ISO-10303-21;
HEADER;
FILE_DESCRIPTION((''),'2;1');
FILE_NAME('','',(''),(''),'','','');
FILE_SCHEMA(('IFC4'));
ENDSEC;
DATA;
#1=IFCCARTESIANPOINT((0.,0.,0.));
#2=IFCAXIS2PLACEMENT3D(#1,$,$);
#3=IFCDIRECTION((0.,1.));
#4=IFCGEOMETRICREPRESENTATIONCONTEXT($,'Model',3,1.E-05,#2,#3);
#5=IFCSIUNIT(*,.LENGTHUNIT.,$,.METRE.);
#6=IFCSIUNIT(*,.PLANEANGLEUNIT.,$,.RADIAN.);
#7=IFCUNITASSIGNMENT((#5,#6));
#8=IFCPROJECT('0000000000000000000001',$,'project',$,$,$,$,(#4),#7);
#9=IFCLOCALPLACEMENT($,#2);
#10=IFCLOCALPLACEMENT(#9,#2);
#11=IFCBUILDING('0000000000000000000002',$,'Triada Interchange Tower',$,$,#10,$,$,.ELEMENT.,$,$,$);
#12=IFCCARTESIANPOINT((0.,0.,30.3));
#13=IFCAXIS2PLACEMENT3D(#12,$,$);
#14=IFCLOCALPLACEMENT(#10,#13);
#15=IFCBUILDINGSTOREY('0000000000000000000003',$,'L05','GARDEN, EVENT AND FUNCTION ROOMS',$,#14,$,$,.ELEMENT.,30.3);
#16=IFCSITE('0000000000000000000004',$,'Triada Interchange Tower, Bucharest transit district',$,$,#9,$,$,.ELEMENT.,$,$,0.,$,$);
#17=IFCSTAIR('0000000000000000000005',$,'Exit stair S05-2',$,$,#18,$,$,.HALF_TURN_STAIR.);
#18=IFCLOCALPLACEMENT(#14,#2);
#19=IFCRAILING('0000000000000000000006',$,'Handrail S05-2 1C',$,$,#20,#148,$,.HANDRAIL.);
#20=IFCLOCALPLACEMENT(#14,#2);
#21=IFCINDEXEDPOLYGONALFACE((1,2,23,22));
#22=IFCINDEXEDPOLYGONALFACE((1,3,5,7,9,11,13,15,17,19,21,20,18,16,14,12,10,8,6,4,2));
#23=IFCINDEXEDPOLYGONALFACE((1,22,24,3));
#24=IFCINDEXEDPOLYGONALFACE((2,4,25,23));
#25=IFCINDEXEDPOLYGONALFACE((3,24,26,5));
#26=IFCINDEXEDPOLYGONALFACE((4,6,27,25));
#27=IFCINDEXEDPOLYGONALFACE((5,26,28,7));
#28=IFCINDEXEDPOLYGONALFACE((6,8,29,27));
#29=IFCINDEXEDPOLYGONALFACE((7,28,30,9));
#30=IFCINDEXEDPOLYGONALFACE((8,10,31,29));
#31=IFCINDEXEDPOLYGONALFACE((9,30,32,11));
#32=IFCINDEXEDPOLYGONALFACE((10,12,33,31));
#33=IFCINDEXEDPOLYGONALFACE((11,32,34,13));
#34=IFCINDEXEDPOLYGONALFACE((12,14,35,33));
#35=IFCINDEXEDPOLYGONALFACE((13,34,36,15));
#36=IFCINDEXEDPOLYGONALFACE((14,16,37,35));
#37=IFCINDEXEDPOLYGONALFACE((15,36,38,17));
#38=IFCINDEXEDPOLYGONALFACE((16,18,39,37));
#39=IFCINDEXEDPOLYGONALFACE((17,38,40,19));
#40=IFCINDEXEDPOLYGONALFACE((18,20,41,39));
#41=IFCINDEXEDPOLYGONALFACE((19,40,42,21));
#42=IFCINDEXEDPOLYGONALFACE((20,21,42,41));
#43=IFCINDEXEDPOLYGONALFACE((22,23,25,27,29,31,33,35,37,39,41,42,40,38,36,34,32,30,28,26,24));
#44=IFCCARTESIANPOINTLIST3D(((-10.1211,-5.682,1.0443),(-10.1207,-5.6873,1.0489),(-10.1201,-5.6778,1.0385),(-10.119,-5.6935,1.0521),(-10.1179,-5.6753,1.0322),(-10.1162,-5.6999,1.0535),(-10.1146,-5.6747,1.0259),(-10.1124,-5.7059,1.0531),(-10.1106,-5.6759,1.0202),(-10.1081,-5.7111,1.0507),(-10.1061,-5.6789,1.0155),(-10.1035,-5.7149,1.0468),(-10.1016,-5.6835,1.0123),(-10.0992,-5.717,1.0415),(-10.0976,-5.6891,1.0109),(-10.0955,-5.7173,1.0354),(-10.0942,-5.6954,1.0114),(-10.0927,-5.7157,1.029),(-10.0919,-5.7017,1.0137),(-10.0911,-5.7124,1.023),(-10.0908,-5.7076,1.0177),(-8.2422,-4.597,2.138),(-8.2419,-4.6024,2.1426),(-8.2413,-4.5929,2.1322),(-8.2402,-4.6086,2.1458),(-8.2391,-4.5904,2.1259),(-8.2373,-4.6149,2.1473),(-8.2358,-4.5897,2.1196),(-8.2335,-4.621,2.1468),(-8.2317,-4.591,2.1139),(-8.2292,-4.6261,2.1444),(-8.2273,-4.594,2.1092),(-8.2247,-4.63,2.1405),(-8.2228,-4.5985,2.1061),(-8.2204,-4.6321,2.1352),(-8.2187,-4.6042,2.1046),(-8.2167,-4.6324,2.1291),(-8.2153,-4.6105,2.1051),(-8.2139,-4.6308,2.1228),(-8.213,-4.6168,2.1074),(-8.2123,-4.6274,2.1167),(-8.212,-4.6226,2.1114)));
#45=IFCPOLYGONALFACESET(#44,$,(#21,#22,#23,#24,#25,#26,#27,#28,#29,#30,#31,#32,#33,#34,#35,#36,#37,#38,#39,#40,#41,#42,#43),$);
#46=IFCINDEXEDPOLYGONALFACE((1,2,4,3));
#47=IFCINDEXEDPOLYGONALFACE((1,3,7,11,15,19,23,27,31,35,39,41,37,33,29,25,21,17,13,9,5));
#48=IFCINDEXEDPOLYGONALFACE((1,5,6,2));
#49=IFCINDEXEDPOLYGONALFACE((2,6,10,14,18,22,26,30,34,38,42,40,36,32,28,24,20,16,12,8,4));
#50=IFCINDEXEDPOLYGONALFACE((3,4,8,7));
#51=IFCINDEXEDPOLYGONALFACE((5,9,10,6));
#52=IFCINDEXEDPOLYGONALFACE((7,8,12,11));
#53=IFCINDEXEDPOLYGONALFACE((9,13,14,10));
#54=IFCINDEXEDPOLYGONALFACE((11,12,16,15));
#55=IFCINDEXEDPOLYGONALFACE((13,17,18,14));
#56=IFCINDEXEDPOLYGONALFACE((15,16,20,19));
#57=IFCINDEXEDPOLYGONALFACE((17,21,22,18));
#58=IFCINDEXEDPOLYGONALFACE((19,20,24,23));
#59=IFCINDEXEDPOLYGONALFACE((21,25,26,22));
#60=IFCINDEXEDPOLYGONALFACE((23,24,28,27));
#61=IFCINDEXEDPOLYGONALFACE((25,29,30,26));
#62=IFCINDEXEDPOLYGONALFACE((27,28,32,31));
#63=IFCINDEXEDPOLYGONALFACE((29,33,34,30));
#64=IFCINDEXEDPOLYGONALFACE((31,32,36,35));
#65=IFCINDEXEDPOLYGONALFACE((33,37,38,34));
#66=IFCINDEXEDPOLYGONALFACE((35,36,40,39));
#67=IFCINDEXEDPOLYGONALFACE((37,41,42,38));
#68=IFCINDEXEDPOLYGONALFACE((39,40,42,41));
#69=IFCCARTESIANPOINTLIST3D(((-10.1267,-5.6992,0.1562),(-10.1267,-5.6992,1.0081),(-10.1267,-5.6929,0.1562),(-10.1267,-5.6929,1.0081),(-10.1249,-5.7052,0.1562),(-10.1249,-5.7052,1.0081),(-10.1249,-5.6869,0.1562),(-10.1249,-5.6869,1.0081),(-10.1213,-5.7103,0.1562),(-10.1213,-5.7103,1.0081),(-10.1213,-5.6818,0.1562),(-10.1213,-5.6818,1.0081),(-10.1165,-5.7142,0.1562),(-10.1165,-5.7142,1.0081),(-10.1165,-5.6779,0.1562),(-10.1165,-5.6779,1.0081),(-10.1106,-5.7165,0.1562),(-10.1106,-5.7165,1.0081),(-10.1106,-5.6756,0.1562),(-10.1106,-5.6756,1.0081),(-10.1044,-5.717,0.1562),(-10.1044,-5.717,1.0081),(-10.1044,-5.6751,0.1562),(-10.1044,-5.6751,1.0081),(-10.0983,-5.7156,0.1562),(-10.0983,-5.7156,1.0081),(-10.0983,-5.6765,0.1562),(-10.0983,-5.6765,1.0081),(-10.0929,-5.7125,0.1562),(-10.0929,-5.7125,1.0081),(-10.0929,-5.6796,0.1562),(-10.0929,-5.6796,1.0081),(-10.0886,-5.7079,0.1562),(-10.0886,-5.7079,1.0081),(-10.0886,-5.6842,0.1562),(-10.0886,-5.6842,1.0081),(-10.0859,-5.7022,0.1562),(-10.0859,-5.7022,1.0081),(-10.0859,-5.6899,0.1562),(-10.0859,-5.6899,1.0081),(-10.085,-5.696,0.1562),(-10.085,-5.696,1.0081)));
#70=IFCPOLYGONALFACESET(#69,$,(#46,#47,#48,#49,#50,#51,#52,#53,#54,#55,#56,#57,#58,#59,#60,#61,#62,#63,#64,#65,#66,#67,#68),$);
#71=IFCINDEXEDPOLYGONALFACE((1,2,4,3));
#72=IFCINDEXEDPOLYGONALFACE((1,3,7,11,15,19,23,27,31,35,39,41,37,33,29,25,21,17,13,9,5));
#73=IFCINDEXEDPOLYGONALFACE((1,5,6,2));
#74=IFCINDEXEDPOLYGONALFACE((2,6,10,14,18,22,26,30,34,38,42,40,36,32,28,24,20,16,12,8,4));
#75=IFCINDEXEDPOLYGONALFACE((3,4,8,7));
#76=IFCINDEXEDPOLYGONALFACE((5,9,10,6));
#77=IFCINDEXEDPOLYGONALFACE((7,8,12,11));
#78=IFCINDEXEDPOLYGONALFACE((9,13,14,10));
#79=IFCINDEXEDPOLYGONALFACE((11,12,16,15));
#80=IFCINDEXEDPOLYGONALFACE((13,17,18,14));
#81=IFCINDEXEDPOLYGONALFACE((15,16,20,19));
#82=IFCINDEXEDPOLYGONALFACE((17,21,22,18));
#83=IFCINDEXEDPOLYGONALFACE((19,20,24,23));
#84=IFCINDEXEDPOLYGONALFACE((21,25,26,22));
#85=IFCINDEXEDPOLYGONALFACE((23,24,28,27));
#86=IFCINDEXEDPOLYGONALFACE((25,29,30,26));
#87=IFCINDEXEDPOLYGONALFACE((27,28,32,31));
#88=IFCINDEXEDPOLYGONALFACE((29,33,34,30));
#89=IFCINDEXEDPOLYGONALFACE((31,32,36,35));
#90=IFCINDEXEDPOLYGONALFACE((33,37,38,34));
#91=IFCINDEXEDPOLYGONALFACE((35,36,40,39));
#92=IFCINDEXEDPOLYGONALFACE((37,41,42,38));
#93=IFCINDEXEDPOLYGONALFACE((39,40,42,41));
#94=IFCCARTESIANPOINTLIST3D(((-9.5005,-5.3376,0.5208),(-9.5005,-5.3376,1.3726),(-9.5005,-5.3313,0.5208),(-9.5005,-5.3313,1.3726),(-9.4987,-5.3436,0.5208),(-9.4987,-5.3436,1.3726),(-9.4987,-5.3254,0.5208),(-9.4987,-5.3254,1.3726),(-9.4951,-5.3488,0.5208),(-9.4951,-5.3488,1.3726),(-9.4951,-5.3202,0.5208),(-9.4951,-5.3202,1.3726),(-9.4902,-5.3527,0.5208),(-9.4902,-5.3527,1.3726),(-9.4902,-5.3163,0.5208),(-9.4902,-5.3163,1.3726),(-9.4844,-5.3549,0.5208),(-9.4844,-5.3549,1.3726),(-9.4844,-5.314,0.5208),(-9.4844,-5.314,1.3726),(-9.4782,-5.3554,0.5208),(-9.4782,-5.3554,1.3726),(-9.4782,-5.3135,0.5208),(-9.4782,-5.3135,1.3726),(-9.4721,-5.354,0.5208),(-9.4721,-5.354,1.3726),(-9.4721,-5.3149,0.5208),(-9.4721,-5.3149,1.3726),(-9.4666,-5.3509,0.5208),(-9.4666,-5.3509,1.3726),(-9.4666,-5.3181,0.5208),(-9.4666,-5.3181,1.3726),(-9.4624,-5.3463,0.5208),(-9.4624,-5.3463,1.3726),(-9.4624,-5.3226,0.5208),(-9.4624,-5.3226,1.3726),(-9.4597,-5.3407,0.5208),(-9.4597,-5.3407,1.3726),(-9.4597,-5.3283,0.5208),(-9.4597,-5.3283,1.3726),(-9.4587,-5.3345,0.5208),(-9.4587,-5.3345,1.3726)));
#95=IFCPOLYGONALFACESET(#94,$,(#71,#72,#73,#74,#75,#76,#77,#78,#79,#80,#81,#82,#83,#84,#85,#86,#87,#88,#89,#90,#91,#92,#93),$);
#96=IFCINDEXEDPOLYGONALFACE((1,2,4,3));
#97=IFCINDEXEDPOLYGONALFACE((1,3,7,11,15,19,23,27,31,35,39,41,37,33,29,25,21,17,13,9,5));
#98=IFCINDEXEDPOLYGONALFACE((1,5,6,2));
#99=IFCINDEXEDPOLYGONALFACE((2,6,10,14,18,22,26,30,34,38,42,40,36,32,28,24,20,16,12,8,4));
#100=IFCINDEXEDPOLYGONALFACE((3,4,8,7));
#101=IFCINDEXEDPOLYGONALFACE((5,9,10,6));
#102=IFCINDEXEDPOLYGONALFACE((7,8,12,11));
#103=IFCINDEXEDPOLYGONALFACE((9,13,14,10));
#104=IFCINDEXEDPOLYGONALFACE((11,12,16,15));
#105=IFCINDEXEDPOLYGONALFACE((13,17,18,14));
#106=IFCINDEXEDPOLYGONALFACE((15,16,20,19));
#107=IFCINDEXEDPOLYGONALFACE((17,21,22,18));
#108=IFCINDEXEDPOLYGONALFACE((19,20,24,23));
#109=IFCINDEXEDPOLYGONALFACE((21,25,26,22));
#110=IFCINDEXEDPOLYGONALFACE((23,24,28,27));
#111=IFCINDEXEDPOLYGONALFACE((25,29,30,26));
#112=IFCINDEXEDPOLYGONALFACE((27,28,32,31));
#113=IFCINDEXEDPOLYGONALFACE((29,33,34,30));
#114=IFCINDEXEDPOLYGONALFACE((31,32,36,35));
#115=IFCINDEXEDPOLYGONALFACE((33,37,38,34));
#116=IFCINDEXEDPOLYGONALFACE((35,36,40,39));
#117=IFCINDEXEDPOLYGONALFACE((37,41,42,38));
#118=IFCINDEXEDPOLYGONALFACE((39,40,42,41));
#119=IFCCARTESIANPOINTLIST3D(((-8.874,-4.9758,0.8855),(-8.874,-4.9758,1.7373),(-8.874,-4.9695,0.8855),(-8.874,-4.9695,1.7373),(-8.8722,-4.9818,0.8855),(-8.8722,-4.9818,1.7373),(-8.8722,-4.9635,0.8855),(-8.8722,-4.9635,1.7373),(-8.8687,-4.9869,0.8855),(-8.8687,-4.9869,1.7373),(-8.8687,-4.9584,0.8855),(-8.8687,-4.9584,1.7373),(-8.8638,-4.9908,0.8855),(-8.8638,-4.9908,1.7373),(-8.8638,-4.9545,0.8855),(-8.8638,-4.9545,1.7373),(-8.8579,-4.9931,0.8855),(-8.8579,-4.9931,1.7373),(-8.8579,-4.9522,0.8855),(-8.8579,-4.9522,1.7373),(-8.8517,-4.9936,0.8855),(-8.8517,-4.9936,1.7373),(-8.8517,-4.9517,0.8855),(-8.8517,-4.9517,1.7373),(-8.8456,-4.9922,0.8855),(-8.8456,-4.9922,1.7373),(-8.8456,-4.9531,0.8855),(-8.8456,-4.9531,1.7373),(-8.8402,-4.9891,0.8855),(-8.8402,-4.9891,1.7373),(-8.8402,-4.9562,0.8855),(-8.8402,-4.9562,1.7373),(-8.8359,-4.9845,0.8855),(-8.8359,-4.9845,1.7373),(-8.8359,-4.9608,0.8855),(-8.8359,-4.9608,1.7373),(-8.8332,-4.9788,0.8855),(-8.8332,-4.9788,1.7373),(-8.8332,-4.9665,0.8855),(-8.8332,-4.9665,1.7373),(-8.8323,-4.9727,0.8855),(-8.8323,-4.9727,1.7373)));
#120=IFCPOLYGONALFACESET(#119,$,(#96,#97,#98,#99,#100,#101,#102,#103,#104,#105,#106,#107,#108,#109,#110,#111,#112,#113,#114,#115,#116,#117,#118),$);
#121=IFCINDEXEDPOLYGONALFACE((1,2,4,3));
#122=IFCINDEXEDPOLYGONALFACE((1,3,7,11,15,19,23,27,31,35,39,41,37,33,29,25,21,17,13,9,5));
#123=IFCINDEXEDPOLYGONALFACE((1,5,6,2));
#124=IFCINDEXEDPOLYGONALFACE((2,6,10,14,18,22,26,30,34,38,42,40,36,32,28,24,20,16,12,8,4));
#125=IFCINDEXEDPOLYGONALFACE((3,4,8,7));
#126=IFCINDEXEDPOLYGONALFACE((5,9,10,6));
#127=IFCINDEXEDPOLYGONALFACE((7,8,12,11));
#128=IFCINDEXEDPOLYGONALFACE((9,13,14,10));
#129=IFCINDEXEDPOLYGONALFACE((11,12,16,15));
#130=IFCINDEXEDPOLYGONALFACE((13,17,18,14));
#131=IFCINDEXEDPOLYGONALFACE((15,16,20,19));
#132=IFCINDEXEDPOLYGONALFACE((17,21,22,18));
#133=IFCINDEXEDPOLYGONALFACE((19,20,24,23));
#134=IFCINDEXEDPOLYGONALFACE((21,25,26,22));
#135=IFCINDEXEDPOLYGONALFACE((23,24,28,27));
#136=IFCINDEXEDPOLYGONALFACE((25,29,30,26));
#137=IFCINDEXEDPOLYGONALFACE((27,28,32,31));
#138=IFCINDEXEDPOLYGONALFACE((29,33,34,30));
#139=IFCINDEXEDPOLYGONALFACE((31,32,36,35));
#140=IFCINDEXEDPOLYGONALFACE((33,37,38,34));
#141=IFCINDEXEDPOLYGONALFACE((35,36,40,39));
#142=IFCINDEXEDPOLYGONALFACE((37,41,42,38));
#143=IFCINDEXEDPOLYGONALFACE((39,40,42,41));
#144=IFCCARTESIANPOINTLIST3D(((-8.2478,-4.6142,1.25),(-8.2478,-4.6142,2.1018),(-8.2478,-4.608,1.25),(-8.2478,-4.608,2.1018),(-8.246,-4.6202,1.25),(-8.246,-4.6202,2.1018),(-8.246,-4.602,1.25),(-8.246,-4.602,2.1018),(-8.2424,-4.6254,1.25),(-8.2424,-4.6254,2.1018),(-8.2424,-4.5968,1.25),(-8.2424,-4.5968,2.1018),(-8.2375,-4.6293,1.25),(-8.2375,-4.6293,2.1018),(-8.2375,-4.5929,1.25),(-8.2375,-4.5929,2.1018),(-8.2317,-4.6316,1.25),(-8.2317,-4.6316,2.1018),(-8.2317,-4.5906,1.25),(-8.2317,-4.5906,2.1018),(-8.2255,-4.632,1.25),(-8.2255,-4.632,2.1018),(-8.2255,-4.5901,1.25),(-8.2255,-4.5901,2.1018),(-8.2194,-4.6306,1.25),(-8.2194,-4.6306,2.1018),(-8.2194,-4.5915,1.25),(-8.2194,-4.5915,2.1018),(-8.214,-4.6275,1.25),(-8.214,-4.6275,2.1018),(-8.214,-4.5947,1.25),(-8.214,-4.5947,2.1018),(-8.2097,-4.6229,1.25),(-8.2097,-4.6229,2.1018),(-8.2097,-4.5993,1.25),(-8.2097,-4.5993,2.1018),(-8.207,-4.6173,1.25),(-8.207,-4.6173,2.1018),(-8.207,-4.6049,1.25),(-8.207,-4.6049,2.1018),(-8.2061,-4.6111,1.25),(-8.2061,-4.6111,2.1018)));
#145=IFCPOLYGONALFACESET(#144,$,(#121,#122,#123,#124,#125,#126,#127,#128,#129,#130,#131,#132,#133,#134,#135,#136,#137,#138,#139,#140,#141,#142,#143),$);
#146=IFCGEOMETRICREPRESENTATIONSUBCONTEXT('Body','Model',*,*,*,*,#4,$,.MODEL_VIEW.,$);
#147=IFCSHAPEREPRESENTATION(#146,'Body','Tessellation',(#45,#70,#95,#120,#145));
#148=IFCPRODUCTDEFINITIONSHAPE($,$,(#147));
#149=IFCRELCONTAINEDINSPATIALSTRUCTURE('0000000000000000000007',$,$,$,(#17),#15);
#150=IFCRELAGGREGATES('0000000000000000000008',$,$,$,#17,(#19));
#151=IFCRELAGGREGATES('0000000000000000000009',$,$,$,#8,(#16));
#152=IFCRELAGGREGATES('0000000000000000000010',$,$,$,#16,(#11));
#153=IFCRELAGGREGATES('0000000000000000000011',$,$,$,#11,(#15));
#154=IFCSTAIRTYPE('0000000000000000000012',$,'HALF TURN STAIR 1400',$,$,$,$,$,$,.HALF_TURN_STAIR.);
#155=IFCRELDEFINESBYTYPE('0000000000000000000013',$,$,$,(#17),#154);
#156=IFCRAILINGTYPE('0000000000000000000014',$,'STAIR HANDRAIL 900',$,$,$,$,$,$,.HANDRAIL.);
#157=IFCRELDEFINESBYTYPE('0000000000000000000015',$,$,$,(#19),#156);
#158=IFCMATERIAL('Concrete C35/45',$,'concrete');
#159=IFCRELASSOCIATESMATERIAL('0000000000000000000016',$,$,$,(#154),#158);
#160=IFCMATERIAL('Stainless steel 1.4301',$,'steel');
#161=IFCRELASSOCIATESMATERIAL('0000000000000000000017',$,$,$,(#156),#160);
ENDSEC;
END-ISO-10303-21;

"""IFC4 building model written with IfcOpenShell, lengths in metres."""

from ifc_helpers import new_model, si_unit, direction, frame, origin, origin_2d, place, context, subcontext, project, spatial, circle, extrude, material, type_object, element, aggregate, save


model = new_model("IFC4")

# Units and contexts
model_context = context("Model", 3, precision=1e-05, world=origin(), true_north=direction((0.0, 1.0)))
body_context = subcontext(model_context, "Body", "Model", "MODEL_VIEW")
ifc_project = project(units=[si_unit("LENGTHUNIT", "METRE"), si_unit("PLANEANGLEUNIT", "RADIAN")], contexts=[model_context])

# Site, building, storey
site_placement = place(None, origin())
site = spatial("IfcSite", under=ifc_project, at=site_placement, Name="Triada Interchange Tower, Bucharest transit district", CompositionType="ELEMENT", RefElevation=0.0)
building_placement = place(site_placement, origin())
building = spatial("IfcBuilding", under=site, at=building_placement, Name="Triada Interchange Tower", CompositionType="ELEMENT")
storey_placement = place(building_placement, frame((0.0, 0.0, 30.3)))
storey = spatial("IfcBuildingStorey", under=building, at=storey_placement, Name="L05", Description="GARDEN, EVENT AND FUNCTION ROOMS", CompositionType="ELEMENT", Elevation=30.3)

# Stair, railing
ifc_material_1 = material(Name="Concrete C35/45", Category="concrete")
stair_type = type_object("IfcStairType", Name="HALF TURN STAIR 1400", PredefinedType="HALF_TURN_STAIR", material=ifc_material_1)
stair_placement = place(storey_placement, origin())
stair = element("IfcStair", 1, at=stair_placement, inside=storey, type_object=stair_type, Name="Exit stair S05-2", PredefinedType="HALF_TURN_STAIR")
ifc_material_2 = material(Name="Stainless steel 1.4301", Category="steel")
railing_type = type_object("IfcRailingType", Name="STAIR HANDRAIL 900", PredefinedType="HANDRAIL", material=ifc_material_2)
railing_1_placement = place(storey_placement, frame((-10.106, -5.696, 0.1562)))
railing_1 = element("IfcRailing", 2, at=railing_1_placement, type_object=railing_type, Name="Handrail S05-2 1C", PredefinedType="HANDRAIL", context=body_context, shape_type="SweptSolid", body=[
    extrude(circle(Radius=0.0239, at=origin_2d()), frame((0.0, 0.0, 0.876), z_axis=(0.77329, 0.446531, 0.450148), x_axis=(-0.50006, 0.865991, 0.0)), (0.0, 0.0, 1.0), 2.4297),
    extrude(circle(Radius=0.021, at=origin_2d()), origin(), (0.0, 0.0, 1.0), 0.8518),
    extrude(circle(Radius=0.021, at=origin_2d()), frame((0.6262, 0.3616, 0.3645)), (0.0, 0.0, 1.0), 0.8518),
    extrude(circle(Radius=0.021, at=origin_2d()), frame((1.2527, 0.7234, 0.7292)), (0.0, 0.0, 1.0), 0.8518),
    extrude(circle(Radius=0.021, at=origin_2d()), frame((1.8789, 1.085, 1.0938)), (0.0, 0.0, 1.0), 0.8518),
])
aggregate(stair, [railing_1])

save(model, "model.ifc")
